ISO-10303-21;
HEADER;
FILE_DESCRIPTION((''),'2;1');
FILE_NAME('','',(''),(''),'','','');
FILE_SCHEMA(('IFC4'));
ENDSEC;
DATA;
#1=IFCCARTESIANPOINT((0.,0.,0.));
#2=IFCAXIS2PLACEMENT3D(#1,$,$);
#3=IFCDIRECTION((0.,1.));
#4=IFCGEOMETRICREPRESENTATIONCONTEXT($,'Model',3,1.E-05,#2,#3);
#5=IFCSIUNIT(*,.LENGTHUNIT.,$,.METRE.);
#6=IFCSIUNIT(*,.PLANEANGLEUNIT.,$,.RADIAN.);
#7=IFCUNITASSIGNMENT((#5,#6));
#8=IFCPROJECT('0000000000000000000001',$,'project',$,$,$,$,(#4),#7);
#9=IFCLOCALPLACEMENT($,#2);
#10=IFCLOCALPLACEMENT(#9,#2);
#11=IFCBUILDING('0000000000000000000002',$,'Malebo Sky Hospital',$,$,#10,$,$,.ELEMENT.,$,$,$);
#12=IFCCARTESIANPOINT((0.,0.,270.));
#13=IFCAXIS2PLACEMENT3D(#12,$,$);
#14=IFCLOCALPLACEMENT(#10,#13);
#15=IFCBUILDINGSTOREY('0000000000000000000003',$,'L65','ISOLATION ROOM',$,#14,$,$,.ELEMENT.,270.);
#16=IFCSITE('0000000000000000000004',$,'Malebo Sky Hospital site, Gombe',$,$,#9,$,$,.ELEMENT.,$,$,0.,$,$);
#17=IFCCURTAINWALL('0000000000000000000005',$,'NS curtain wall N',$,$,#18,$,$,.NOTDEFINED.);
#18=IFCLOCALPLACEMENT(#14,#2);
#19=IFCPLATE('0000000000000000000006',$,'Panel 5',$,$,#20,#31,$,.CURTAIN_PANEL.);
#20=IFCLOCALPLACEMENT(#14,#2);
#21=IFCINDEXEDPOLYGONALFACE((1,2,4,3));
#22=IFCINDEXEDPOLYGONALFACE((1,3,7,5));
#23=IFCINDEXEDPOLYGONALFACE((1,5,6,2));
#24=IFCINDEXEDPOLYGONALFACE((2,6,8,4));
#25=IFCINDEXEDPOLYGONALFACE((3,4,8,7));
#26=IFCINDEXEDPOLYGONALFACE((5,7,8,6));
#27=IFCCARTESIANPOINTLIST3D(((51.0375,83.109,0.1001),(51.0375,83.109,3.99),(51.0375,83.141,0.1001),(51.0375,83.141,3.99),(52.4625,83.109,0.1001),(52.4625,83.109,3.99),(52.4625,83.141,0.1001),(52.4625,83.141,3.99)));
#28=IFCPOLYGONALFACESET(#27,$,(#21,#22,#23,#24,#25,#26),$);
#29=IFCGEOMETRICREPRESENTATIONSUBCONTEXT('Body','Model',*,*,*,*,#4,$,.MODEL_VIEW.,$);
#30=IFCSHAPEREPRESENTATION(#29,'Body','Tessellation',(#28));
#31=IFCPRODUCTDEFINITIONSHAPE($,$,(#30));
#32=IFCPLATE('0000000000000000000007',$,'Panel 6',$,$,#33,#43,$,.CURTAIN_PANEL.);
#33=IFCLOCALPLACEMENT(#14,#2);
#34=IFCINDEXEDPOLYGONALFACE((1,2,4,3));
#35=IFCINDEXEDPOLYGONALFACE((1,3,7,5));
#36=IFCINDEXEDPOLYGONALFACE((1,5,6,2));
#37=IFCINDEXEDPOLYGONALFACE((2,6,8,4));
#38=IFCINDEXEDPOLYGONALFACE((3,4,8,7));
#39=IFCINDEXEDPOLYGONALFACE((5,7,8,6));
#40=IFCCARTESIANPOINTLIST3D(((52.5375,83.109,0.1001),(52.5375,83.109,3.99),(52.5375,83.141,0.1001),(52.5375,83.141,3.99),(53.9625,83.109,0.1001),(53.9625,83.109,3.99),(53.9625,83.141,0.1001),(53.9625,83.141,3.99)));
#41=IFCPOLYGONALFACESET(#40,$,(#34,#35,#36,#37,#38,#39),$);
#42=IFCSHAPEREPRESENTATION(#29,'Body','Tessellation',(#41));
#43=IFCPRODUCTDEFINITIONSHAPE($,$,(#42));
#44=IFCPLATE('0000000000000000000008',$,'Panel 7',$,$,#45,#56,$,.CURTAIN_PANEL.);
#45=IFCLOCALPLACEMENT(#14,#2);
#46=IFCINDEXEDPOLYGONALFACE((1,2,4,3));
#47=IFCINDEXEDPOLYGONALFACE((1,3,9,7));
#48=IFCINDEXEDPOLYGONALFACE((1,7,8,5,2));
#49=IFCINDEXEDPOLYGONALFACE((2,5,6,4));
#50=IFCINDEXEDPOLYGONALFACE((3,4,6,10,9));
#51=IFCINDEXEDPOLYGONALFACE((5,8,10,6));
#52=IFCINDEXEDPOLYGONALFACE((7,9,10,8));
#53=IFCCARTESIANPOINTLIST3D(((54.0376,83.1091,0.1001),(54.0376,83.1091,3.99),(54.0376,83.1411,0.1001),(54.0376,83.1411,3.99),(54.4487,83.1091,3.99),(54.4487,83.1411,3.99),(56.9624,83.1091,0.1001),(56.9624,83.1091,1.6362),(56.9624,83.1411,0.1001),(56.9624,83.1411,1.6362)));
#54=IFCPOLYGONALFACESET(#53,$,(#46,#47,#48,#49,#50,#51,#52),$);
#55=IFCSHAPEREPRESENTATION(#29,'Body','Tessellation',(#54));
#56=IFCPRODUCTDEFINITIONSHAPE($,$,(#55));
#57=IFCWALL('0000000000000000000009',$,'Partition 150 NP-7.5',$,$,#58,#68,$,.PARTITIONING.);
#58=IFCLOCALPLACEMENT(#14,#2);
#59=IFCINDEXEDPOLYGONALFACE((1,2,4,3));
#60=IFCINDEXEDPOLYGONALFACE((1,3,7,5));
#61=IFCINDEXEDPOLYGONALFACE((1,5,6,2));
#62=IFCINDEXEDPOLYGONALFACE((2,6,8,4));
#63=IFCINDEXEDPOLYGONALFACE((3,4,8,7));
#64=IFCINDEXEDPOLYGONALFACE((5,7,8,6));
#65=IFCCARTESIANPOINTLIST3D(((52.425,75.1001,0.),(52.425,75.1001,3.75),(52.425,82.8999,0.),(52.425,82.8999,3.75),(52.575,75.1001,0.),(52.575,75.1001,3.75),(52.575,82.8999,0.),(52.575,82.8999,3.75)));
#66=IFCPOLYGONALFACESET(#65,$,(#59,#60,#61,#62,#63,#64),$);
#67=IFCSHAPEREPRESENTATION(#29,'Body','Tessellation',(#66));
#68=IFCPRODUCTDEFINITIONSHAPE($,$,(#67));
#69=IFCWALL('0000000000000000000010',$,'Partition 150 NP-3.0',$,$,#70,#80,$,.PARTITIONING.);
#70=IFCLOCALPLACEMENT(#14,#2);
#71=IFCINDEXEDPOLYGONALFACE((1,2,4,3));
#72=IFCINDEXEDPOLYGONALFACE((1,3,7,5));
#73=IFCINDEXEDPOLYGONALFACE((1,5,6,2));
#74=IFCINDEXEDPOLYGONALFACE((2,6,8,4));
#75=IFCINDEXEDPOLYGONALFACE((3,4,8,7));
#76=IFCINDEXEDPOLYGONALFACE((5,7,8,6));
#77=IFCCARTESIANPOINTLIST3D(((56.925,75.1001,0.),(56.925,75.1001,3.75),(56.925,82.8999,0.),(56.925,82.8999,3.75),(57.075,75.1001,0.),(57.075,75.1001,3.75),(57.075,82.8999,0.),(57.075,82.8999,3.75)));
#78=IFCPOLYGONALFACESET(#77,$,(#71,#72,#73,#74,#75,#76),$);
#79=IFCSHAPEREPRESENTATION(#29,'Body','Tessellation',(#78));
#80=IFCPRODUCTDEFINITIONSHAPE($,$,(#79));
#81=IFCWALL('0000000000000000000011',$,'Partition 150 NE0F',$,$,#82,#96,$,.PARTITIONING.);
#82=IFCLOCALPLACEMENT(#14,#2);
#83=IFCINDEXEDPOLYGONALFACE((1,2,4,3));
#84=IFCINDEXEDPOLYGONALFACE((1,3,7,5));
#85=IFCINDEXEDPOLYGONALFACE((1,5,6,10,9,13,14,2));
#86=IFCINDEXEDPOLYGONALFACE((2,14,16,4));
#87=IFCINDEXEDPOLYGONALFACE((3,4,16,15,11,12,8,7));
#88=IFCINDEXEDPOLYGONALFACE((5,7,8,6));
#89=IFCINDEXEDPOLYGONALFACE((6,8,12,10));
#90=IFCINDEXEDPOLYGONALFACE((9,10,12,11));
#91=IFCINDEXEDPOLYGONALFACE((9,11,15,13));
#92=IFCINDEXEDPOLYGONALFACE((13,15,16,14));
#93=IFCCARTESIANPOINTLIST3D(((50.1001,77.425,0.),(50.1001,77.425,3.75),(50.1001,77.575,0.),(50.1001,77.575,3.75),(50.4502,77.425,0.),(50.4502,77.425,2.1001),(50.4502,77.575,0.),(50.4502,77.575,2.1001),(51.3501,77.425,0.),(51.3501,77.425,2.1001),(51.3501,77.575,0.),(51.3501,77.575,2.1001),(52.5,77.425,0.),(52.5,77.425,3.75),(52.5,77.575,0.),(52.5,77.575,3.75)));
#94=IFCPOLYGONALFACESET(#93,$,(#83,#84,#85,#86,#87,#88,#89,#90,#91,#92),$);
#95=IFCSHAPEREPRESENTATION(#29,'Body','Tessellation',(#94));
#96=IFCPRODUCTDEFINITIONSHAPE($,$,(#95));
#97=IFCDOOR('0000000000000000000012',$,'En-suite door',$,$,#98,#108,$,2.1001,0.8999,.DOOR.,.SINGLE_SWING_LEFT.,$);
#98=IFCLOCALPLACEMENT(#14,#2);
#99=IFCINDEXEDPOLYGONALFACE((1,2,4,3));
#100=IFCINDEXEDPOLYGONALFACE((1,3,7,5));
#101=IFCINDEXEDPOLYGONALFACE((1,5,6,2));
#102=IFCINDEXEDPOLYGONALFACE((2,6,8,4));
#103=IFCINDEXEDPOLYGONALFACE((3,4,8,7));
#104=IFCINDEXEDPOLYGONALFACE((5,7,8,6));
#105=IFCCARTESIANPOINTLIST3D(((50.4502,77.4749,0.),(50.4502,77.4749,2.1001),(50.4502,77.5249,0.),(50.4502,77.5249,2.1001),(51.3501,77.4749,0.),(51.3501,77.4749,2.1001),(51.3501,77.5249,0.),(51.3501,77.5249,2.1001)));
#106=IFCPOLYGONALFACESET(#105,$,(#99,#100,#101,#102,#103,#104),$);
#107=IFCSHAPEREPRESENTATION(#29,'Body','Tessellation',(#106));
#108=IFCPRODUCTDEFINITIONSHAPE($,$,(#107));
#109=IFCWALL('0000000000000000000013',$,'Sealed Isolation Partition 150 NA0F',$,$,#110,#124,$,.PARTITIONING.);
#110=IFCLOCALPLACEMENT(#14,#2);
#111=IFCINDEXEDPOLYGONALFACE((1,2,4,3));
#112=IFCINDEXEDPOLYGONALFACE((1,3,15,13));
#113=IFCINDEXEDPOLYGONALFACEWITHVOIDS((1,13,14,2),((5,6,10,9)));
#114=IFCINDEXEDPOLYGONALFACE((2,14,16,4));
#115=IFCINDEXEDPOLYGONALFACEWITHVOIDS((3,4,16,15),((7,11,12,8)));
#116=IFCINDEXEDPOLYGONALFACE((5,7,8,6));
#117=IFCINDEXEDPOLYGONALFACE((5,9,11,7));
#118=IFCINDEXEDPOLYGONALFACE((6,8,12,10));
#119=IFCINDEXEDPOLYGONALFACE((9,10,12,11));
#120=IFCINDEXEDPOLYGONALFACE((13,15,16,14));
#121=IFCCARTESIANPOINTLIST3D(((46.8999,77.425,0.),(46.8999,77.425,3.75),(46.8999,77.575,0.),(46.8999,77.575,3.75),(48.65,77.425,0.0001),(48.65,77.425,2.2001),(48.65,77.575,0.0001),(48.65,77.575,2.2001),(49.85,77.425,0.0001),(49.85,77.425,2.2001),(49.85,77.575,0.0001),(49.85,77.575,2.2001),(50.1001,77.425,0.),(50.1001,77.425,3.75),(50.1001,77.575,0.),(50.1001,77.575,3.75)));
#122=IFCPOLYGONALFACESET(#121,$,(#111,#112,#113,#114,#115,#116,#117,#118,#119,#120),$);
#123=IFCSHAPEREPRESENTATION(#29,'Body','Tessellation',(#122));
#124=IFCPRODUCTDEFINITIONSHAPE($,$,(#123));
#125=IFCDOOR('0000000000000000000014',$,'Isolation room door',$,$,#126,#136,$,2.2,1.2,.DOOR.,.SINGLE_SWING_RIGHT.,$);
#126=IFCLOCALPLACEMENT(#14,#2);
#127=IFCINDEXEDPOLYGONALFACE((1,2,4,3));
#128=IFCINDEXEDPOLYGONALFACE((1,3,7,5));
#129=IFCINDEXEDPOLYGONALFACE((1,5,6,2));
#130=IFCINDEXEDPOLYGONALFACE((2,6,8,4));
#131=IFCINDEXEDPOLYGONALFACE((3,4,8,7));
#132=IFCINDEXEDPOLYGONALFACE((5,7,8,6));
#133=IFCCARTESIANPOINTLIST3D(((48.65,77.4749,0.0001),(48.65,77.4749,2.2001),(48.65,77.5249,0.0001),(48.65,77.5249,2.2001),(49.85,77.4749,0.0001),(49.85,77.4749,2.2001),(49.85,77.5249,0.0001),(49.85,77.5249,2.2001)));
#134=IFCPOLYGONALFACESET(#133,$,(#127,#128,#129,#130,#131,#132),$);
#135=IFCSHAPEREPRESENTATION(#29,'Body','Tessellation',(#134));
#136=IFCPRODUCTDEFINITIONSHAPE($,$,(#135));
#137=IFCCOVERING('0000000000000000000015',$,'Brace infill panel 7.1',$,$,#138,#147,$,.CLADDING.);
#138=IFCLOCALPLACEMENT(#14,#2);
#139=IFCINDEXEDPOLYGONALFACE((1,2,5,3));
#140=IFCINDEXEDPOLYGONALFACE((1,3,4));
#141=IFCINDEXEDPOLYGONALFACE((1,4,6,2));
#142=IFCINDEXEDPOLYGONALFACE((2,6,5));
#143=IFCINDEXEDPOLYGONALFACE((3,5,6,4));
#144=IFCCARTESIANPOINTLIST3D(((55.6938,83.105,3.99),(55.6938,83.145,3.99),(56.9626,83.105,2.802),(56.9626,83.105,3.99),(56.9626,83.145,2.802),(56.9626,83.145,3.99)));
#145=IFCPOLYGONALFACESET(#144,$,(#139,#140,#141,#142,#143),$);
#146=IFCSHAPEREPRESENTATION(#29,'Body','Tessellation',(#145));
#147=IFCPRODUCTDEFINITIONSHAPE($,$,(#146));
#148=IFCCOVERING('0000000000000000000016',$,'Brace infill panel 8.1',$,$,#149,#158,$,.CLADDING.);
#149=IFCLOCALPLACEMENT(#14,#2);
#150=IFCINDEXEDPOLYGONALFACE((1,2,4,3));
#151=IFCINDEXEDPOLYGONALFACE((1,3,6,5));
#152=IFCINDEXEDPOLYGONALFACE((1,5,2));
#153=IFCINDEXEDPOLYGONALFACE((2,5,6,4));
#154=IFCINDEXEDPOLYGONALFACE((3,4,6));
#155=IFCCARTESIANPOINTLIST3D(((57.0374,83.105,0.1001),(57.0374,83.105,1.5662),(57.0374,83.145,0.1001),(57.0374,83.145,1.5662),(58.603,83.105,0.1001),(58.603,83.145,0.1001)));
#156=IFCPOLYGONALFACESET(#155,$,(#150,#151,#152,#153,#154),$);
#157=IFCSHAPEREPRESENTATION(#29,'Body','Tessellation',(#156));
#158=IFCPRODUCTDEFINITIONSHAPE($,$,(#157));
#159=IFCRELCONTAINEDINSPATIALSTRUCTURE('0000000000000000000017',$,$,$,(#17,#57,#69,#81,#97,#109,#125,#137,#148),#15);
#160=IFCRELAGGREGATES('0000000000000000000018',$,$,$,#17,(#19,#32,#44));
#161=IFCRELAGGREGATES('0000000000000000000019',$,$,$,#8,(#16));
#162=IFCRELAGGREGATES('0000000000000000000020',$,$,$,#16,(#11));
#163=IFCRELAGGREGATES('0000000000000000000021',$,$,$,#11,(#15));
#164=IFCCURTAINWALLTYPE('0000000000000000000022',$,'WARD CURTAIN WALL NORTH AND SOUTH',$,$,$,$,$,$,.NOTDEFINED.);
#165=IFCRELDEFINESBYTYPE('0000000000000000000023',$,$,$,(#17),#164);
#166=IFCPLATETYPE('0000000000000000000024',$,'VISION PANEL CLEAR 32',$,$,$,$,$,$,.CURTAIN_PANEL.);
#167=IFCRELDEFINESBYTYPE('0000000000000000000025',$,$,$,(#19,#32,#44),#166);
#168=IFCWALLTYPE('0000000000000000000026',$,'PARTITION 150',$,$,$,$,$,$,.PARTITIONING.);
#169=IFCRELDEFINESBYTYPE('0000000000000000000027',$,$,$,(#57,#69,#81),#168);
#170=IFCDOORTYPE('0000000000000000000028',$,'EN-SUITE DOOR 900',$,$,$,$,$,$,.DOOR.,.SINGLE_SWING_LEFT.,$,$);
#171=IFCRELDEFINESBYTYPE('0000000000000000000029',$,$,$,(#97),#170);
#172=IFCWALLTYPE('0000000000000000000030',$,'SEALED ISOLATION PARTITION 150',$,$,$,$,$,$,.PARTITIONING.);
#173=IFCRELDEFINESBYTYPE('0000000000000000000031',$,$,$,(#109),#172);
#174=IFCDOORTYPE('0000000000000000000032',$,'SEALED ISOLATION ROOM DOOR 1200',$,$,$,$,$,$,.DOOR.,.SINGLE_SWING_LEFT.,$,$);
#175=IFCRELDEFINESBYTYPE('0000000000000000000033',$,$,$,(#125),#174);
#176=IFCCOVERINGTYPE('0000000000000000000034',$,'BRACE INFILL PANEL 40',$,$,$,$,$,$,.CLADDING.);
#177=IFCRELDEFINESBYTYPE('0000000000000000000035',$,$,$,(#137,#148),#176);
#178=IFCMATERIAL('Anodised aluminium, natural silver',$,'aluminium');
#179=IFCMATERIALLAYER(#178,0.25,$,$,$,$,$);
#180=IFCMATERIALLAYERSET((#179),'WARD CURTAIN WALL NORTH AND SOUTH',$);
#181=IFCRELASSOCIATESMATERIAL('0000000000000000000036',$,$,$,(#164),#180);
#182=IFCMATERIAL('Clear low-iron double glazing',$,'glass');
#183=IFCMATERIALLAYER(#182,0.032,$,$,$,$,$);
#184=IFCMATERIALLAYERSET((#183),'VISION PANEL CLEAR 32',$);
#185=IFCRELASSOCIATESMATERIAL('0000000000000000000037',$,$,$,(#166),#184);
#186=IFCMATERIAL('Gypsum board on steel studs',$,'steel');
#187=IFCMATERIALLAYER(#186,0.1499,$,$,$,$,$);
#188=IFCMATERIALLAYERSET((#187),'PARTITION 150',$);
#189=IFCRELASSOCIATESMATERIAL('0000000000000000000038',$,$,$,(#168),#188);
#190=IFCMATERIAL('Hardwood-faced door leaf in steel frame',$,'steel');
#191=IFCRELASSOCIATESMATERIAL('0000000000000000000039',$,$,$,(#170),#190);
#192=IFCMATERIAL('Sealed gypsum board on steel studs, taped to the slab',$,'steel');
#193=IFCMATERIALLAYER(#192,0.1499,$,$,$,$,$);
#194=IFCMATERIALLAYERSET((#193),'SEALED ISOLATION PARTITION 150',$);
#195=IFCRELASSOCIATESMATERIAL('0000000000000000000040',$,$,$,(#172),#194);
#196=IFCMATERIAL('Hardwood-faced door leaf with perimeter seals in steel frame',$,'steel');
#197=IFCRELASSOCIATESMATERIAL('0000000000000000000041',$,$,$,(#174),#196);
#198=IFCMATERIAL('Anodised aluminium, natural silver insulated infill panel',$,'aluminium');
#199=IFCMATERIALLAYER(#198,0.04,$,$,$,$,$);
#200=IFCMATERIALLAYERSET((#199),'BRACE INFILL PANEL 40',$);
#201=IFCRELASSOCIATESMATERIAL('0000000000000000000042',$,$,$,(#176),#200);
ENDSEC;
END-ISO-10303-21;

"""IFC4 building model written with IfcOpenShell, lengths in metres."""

from ifc_helpers import new_model, si_unit, direction, frame, frame_2d, origin, origin_2d, place, context, subcontext, project, spatial, polyline, rectangle, outline, extrude, material, layer, layer_set, type_object, element, fill, aggregate, save


model = new_model("IFC4")

# Units and contexts
model_context = context("Model", 3, precision=1e-05, world=origin(), true_north=direction((0.0, 1.0)))
body_context = subcontext(model_context, "Body", "Model", "MODEL_VIEW")
ifc_project = project(units=[si_unit("LENGTHUNIT", "METRE"), si_unit("PLANEANGLEUNIT", "RADIAN")], contexts=[model_context])

# Site, building, storey
site_placement = place(None, origin())
site = spatial("IfcSite", under=ifc_project, at=site_placement, Name="Malebo Sky Hospital site, Gombe", CompositionType="ELEMENT", RefElevation=0.0)
building_placement = place(site_placement, origin())
building = spatial("IfcBuilding", under=site, at=building_placement, Name="Malebo Sky Hospital", CompositionType="ELEMENT")
storey_placement = place(building_placement, frame((0.0, 0.0, 270.0)))
storey = spatial("IfcBuildingStorey", under=building, at=storey_placement, Name="L65", Description="ISOLATION ROOM", CompositionType="ELEMENT", Elevation=270.0)

# Curtain wall
ifc_material_1 = material(Name="Anodised aluminium, natural silver", Category="aluminium")
ifc_layer_1 = layer(ifc_material_1, 0.25)
ifc_layer_set_1 = layer_set([ifc_layer_1], Name="WARD CURTAIN WALL NORTH AND SOUTH")
curtain_wall_type = type_object("IfcCurtainWallType", Name="WARD CURTAIN WALL NORTH AND SOUTH", PredefinedType="NOTDEFINED", material=ifc_layer_set_1)
curtain_wall_placement = place(storey_placement, origin())
curtain_wall = element("IfcCurtainWall", 1, at=curtain_wall_placement, inside=storey, type_object=curtain_wall_type, Name="NS curtain wall N", PredefinedType="NOTDEFINED")

# Plates
ifc_material_2 = material(Name="Clear low-iron double glazing", Category="glass")
ifc_layer_2 = layer(ifc_material_2, 0.032)
ifc_layer_set_2 = layer_set([ifc_layer_2], Name="VISION PANEL CLEAR 32")
plate_type = type_object("IfcPlateType", Name="VISION PANEL CLEAR 32", PredefinedType="CURTAIN_PANEL", material=ifc_layer_set_2)
plate_1_placement = place(storey_placement, frame((51.75, 83.125, 0.1001), z_axis=(0.0, 0.0, 1.0), x_axis=(1.0, 0.0, 0.0)))
plate_1 = element("IfcPlate", 2, at=plate_1_placement, type_object=plate_type, Name="Panel 5", PredefinedType="CURTAIN_PANEL", context=body_context, shape_type="SweptSolid", body=[
    extrude(rectangle(XDim=1.425, YDim=0.032, at=origin_2d()), origin(), (0.0, 0.0, 1.0), 3.8899),
])
plate_2_placement = place(storey_placement, frame((53.25, 83.125, 0.1001), z_axis=(0.0, 0.0, 1.0), x_axis=(1.0, 0.0, 0.0)))
plate_2 = element("IfcPlate", 3, at=plate_2_placement, type_object=plate_type, Name="Panel 6", PredefinedType="CURTAIN_PANEL", context=body_context, shape_type="SweptSolid", body=[
    extrude(rectangle(XDim=1.425, YDim=0.032, at=origin_2d()), origin(), (0.0, 0.0, 1.0), 3.8899),
])
plate_3_placement = place(storey_placement, frame((55.5, 83.125, 0.1001), z_axis=(0.0, 0.0, 1.0), x_axis=(1.0, 0.0, 0.0)))
plate_3 = element("IfcPlate", 4, at=plate_3_placement, type_object=plate_type, Name="Panel 7", PredefinedType="CURTAIN_PANEL", context=body_context, shape_type="SweptSolid", body=[
    extrude(outline(polyline([(-1.4624, 0.0), (1.4624, 0.0), (1.4624, 1.5361), (-1.0513, 3.8899), (-1.4624, 3.8899), (-1.4624, 0.0)])), frame((0.0, 0.0161, 0.0), z_axis=(0.0, -1.0, 0.0), x_axis=(1.0, 0.0, 0.0)), (0.0, 0.0, 1.0), 0.032),
])
aggregate(curtain_wall, [plate_1, plate_2, plate_3])

# Walls
ifc_material_3 = material(Name="Gypsum board on steel studs", Category="steel")
ifc_layer_3 = layer(ifc_material_3, 0.1499)
ifc_layer_set_3 = layer_set([ifc_layer_3], Name="PARTITION 150")
wall_type_1 = type_object("IfcWallType", Name="PARTITION 150", PredefinedType="PARTITIONING", material=ifc_layer_set_3)
for number, where, z_axis, x_axis, name in (
    (5, (52.5, 75.1001, 0.0), (0.0, 0.0, 1.0), (0.0, 1.0, 0.0), "Partition 150 NP-7.5"),
    (6, (57.0, 75.1001, 0.0), (0.0, 0.0, 1.0), (0.0, 1.0, 0.0), "Partition 150 NP-3.0"),
):
    element("IfcWall", number, at=place(storey_placement, frame(where, z_axis=z_axis, x_axis=x_axis)), inside=storey, type_object=wall_type_1, Name=name, PredefinedType="PARTITIONING", context=body_context, shape_type="SweptSolid", body=[
        extrude(rectangle(XDim=7.7998, YDim=0.1499, at=frame_2d((3.8999, 0.0))), origin(), (0.0, 0.0, 1.0), 3.75),
    ])

# Walls, openings, doors
wall_1_placement = place(storey_placement, frame((50.1001, 77.5, 0.0), z_axis=(0.0, 0.0, 1.0), x_axis=(1.0, 0.0, 0.0)))
wall_1 = element("IfcWall", 7, at=wall_1_placement, inside=storey, type_object=wall_type_1, Name="Partition 150 NE0F", PredefinedType="PARTITIONING", context=body_context, shape_type="SweptSolid", body=[
    extrude(rectangle(XDim=2.3999, YDim=0.1499, at=frame_2d((1.2, 0.0))), origin(), (0.0, 0.0, 1.0), 3.75),
])
opening_1_placement = place(wall_1_placement, frame((0.3501, 0.0, 0.0)))
opening_1 = element("IfcOpeningElement", 8, at=opening_1_placement, cuts=wall_1, PredefinedType="OPENING", context=body_context, shape_type="SweptSolid", body=[
    extrude(rectangle(XDim=0.8999, YDim=2.1001, at=frame_2d((0.45, 1.05))), frame((0.0, 0.085, 0.0), z_axis=(0.0, -1.0, 0.0), x_axis=(1.0, 0.0, 0.0)), (0.0, 0.0, 1.0), 0.1699),
])
ifc_material_4 = material(Name="Hardwood-faced door leaf in steel frame", Category="steel")
door_type_1 = type_object("IfcDoorType", Name="EN-SUITE DOOR 900", OperationType="SINGLE_SWING_LEFT", PredefinedType="DOOR", material=ifc_material_4)
door_1_placement = place(opening_1_placement, origin())
door_1 = element("IfcDoor", 9, at=door_1_placement, inside=storey, type_object=door_type_1, Name="En-suite door", OperationType="SINGLE_SWING_LEFT", OverallHeight=2.1001, OverallWidth=0.8999, PredefinedType="DOOR", context=body_context, shape_type="SweptSolid", body=[
    extrude(rectangle(XDim=0.8999, YDim=2.1001, at=frame_2d((0.45, 1.05))), frame((0.0, 0.0249, 0.0), z_axis=(0.0, -1.0, 0.0), x_axis=(1.0, 0.0, 0.0)), (0.0, 0.0, 1.0), 0.05),
])
fill(opening_1, door_1)
ifc_material_5 = material(Name="Sealed gypsum board on steel studs, taped to the slab", Category="steel")
ifc_layer_4 = layer(ifc_material_5, 0.1499)
ifc_layer_set_4 = layer_set([ifc_layer_4], Name="SEALED ISOLATION PARTITION 150")
wall_type_2 = type_object("IfcWallType", Name="SEALED ISOLATION PARTITION 150", PredefinedType="PARTITIONING", material=ifc_layer_set_4)
wall_2_placement = place(storey_placement, frame((46.8999, 77.5, 0.0), z_axis=(0.0, 0.0, 1.0), x_axis=(1.0, 0.0, 0.0)))
wall_2 = element("IfcWall", 10, at=wall_2_placement, inside=storey, type_object=wall_type_2, Name="Sealed Isolation Partition 150 NA0F", PredefinedType="PARTITIONING", context=body_context, shape_type="SweptSolid", body=[
    extrude(rectangle(XDim=3.2002, YDim=0.1499, at=frame_2d((1.6001, 0.0))), origin(), (0.0, 0.0, 1.0), 3.75),
])
opening_2_placement = place(wall_2_placement, frame((1.75, 0.0, 0.0)))
opening_2 = element("IfcOpeningElement", 11, at=opening_2_placement, cuts=wall_2, PredefinedType="OPENING", context=body_context, shape_type="SweptSolid", body=[
    extrude(rectangle(XDim=1.2, YDim=2.2, at=frame_2d((0.6001, 1.1001))), frame((0.0, 0.085, 0.0), z_axis=(0.0, -1.0, 0.0), x_axis=(1.0, 0.0, 0.0)), (0.0, 0.0, 1.0), 0.1699),
])
ifc_material_6 = material(Name="Hardwood-faced door leaf with perimeter seals in steel frame", Category="steel")
door_type_2 = type_object("IfcDoorType", Name="SEALED ISOLATION ROOM DOOR 1200", OperationType="SINGLE_SWING_LEFT", PredefinedType="DOOR", material=ifc_material_6)
door_2_placement = place(opening_2_placement, origin())
door_2 = element("IfcDoor", 12, at=door_2_placement, inside=storey, type_object=door_type_2, Name="Isolation room door", OperationType="SINGLE_SWING_RIGHT", OverallHeight=2.2, OverallWidth=1.2, PredefinedType="DOOR", context=body_context, shape_type="SweptSolid", body=[
    extrude(rectangle(XDim=1.2, YDim=2.2, at=frame_2d((0.6001, 1.1001))), frame((0.0, 0.0249, 0.0), z_axis=(0.0, -1.0, 0.0), x_axis=(1.0, 0.0, 0.0)), (0.0, 0.0, 1.0), 0.05),
])
fill(opening_2, door_2)

# Coverings
ifc_material_7 = material(Name="Anodised aluminium, natural silver insulated infill panel", Category="aluminium")
ifc_layer_5 = layer(ifc_material_7, 0.04)
ifc_layer_set_5 = layer_set([ifc_layer_5], Name="BRACE INFILL PANEL 40")
covering_type = type_object("IfcCoveringType", Name="BRACE INFILL PANEL 40", PredefinedType="CLADDING", material=ifc_layer_set_5)
covering_1_placement = place(storey_placement, frame((56.3281, 83.125, 2.802), z_axis=(0.0, 0.0, 1.0), x_axis=(1.0, 0.0, 0.0)))
element("IfcCovering", 13, at=covering_1_placement, inside=storey, type_object=covering_type, Name="Brace infill panel 7.1", PredefinedType="CLADDING", context=body_context, shape_type="SweptSolid", body=[
    extrude(outline(polyline([(0.6345, 0.0), (0.6345, 1.188), (-0.6343, 1.188), (0.6345, 0.0)])), frame((0.0, 0.02, 0.0), z_axis=(0.0, -1.0, 0.0), x_axis=(1.0, 0.0, 0.0)), (0.0, 0.0, 1.0), 0.04),
])
covering_2_placement = place(storey_placement, frame((57.8203, 83.125, 0.1001), z_axis=(0.0, 0.0, 1.0), x_axis=(1.0, 0.0, 0.0)))
element("IfcCovering", 14, at=covering_2_placement, inside=storey, type_object=covering_type, Name="Brace infill panel 8.1", PredefinedType="CLADDING", context=body_context, shape_type="SweptSolid", body=[
    extrude(outline(polyline([(-0.783, 0.0), (0.7827, 0.0), (-0.783, 1.4661), (-0.783, 0.0)])), frame((0.0, 0.02, 0.0), z_axis=(0.0, -1.0, 0.0), x_axis=(1.0, 0.0, 0.0)), (0.0, 0.0, 1.0), 0.04),
])

save(model, "model.ifc")
